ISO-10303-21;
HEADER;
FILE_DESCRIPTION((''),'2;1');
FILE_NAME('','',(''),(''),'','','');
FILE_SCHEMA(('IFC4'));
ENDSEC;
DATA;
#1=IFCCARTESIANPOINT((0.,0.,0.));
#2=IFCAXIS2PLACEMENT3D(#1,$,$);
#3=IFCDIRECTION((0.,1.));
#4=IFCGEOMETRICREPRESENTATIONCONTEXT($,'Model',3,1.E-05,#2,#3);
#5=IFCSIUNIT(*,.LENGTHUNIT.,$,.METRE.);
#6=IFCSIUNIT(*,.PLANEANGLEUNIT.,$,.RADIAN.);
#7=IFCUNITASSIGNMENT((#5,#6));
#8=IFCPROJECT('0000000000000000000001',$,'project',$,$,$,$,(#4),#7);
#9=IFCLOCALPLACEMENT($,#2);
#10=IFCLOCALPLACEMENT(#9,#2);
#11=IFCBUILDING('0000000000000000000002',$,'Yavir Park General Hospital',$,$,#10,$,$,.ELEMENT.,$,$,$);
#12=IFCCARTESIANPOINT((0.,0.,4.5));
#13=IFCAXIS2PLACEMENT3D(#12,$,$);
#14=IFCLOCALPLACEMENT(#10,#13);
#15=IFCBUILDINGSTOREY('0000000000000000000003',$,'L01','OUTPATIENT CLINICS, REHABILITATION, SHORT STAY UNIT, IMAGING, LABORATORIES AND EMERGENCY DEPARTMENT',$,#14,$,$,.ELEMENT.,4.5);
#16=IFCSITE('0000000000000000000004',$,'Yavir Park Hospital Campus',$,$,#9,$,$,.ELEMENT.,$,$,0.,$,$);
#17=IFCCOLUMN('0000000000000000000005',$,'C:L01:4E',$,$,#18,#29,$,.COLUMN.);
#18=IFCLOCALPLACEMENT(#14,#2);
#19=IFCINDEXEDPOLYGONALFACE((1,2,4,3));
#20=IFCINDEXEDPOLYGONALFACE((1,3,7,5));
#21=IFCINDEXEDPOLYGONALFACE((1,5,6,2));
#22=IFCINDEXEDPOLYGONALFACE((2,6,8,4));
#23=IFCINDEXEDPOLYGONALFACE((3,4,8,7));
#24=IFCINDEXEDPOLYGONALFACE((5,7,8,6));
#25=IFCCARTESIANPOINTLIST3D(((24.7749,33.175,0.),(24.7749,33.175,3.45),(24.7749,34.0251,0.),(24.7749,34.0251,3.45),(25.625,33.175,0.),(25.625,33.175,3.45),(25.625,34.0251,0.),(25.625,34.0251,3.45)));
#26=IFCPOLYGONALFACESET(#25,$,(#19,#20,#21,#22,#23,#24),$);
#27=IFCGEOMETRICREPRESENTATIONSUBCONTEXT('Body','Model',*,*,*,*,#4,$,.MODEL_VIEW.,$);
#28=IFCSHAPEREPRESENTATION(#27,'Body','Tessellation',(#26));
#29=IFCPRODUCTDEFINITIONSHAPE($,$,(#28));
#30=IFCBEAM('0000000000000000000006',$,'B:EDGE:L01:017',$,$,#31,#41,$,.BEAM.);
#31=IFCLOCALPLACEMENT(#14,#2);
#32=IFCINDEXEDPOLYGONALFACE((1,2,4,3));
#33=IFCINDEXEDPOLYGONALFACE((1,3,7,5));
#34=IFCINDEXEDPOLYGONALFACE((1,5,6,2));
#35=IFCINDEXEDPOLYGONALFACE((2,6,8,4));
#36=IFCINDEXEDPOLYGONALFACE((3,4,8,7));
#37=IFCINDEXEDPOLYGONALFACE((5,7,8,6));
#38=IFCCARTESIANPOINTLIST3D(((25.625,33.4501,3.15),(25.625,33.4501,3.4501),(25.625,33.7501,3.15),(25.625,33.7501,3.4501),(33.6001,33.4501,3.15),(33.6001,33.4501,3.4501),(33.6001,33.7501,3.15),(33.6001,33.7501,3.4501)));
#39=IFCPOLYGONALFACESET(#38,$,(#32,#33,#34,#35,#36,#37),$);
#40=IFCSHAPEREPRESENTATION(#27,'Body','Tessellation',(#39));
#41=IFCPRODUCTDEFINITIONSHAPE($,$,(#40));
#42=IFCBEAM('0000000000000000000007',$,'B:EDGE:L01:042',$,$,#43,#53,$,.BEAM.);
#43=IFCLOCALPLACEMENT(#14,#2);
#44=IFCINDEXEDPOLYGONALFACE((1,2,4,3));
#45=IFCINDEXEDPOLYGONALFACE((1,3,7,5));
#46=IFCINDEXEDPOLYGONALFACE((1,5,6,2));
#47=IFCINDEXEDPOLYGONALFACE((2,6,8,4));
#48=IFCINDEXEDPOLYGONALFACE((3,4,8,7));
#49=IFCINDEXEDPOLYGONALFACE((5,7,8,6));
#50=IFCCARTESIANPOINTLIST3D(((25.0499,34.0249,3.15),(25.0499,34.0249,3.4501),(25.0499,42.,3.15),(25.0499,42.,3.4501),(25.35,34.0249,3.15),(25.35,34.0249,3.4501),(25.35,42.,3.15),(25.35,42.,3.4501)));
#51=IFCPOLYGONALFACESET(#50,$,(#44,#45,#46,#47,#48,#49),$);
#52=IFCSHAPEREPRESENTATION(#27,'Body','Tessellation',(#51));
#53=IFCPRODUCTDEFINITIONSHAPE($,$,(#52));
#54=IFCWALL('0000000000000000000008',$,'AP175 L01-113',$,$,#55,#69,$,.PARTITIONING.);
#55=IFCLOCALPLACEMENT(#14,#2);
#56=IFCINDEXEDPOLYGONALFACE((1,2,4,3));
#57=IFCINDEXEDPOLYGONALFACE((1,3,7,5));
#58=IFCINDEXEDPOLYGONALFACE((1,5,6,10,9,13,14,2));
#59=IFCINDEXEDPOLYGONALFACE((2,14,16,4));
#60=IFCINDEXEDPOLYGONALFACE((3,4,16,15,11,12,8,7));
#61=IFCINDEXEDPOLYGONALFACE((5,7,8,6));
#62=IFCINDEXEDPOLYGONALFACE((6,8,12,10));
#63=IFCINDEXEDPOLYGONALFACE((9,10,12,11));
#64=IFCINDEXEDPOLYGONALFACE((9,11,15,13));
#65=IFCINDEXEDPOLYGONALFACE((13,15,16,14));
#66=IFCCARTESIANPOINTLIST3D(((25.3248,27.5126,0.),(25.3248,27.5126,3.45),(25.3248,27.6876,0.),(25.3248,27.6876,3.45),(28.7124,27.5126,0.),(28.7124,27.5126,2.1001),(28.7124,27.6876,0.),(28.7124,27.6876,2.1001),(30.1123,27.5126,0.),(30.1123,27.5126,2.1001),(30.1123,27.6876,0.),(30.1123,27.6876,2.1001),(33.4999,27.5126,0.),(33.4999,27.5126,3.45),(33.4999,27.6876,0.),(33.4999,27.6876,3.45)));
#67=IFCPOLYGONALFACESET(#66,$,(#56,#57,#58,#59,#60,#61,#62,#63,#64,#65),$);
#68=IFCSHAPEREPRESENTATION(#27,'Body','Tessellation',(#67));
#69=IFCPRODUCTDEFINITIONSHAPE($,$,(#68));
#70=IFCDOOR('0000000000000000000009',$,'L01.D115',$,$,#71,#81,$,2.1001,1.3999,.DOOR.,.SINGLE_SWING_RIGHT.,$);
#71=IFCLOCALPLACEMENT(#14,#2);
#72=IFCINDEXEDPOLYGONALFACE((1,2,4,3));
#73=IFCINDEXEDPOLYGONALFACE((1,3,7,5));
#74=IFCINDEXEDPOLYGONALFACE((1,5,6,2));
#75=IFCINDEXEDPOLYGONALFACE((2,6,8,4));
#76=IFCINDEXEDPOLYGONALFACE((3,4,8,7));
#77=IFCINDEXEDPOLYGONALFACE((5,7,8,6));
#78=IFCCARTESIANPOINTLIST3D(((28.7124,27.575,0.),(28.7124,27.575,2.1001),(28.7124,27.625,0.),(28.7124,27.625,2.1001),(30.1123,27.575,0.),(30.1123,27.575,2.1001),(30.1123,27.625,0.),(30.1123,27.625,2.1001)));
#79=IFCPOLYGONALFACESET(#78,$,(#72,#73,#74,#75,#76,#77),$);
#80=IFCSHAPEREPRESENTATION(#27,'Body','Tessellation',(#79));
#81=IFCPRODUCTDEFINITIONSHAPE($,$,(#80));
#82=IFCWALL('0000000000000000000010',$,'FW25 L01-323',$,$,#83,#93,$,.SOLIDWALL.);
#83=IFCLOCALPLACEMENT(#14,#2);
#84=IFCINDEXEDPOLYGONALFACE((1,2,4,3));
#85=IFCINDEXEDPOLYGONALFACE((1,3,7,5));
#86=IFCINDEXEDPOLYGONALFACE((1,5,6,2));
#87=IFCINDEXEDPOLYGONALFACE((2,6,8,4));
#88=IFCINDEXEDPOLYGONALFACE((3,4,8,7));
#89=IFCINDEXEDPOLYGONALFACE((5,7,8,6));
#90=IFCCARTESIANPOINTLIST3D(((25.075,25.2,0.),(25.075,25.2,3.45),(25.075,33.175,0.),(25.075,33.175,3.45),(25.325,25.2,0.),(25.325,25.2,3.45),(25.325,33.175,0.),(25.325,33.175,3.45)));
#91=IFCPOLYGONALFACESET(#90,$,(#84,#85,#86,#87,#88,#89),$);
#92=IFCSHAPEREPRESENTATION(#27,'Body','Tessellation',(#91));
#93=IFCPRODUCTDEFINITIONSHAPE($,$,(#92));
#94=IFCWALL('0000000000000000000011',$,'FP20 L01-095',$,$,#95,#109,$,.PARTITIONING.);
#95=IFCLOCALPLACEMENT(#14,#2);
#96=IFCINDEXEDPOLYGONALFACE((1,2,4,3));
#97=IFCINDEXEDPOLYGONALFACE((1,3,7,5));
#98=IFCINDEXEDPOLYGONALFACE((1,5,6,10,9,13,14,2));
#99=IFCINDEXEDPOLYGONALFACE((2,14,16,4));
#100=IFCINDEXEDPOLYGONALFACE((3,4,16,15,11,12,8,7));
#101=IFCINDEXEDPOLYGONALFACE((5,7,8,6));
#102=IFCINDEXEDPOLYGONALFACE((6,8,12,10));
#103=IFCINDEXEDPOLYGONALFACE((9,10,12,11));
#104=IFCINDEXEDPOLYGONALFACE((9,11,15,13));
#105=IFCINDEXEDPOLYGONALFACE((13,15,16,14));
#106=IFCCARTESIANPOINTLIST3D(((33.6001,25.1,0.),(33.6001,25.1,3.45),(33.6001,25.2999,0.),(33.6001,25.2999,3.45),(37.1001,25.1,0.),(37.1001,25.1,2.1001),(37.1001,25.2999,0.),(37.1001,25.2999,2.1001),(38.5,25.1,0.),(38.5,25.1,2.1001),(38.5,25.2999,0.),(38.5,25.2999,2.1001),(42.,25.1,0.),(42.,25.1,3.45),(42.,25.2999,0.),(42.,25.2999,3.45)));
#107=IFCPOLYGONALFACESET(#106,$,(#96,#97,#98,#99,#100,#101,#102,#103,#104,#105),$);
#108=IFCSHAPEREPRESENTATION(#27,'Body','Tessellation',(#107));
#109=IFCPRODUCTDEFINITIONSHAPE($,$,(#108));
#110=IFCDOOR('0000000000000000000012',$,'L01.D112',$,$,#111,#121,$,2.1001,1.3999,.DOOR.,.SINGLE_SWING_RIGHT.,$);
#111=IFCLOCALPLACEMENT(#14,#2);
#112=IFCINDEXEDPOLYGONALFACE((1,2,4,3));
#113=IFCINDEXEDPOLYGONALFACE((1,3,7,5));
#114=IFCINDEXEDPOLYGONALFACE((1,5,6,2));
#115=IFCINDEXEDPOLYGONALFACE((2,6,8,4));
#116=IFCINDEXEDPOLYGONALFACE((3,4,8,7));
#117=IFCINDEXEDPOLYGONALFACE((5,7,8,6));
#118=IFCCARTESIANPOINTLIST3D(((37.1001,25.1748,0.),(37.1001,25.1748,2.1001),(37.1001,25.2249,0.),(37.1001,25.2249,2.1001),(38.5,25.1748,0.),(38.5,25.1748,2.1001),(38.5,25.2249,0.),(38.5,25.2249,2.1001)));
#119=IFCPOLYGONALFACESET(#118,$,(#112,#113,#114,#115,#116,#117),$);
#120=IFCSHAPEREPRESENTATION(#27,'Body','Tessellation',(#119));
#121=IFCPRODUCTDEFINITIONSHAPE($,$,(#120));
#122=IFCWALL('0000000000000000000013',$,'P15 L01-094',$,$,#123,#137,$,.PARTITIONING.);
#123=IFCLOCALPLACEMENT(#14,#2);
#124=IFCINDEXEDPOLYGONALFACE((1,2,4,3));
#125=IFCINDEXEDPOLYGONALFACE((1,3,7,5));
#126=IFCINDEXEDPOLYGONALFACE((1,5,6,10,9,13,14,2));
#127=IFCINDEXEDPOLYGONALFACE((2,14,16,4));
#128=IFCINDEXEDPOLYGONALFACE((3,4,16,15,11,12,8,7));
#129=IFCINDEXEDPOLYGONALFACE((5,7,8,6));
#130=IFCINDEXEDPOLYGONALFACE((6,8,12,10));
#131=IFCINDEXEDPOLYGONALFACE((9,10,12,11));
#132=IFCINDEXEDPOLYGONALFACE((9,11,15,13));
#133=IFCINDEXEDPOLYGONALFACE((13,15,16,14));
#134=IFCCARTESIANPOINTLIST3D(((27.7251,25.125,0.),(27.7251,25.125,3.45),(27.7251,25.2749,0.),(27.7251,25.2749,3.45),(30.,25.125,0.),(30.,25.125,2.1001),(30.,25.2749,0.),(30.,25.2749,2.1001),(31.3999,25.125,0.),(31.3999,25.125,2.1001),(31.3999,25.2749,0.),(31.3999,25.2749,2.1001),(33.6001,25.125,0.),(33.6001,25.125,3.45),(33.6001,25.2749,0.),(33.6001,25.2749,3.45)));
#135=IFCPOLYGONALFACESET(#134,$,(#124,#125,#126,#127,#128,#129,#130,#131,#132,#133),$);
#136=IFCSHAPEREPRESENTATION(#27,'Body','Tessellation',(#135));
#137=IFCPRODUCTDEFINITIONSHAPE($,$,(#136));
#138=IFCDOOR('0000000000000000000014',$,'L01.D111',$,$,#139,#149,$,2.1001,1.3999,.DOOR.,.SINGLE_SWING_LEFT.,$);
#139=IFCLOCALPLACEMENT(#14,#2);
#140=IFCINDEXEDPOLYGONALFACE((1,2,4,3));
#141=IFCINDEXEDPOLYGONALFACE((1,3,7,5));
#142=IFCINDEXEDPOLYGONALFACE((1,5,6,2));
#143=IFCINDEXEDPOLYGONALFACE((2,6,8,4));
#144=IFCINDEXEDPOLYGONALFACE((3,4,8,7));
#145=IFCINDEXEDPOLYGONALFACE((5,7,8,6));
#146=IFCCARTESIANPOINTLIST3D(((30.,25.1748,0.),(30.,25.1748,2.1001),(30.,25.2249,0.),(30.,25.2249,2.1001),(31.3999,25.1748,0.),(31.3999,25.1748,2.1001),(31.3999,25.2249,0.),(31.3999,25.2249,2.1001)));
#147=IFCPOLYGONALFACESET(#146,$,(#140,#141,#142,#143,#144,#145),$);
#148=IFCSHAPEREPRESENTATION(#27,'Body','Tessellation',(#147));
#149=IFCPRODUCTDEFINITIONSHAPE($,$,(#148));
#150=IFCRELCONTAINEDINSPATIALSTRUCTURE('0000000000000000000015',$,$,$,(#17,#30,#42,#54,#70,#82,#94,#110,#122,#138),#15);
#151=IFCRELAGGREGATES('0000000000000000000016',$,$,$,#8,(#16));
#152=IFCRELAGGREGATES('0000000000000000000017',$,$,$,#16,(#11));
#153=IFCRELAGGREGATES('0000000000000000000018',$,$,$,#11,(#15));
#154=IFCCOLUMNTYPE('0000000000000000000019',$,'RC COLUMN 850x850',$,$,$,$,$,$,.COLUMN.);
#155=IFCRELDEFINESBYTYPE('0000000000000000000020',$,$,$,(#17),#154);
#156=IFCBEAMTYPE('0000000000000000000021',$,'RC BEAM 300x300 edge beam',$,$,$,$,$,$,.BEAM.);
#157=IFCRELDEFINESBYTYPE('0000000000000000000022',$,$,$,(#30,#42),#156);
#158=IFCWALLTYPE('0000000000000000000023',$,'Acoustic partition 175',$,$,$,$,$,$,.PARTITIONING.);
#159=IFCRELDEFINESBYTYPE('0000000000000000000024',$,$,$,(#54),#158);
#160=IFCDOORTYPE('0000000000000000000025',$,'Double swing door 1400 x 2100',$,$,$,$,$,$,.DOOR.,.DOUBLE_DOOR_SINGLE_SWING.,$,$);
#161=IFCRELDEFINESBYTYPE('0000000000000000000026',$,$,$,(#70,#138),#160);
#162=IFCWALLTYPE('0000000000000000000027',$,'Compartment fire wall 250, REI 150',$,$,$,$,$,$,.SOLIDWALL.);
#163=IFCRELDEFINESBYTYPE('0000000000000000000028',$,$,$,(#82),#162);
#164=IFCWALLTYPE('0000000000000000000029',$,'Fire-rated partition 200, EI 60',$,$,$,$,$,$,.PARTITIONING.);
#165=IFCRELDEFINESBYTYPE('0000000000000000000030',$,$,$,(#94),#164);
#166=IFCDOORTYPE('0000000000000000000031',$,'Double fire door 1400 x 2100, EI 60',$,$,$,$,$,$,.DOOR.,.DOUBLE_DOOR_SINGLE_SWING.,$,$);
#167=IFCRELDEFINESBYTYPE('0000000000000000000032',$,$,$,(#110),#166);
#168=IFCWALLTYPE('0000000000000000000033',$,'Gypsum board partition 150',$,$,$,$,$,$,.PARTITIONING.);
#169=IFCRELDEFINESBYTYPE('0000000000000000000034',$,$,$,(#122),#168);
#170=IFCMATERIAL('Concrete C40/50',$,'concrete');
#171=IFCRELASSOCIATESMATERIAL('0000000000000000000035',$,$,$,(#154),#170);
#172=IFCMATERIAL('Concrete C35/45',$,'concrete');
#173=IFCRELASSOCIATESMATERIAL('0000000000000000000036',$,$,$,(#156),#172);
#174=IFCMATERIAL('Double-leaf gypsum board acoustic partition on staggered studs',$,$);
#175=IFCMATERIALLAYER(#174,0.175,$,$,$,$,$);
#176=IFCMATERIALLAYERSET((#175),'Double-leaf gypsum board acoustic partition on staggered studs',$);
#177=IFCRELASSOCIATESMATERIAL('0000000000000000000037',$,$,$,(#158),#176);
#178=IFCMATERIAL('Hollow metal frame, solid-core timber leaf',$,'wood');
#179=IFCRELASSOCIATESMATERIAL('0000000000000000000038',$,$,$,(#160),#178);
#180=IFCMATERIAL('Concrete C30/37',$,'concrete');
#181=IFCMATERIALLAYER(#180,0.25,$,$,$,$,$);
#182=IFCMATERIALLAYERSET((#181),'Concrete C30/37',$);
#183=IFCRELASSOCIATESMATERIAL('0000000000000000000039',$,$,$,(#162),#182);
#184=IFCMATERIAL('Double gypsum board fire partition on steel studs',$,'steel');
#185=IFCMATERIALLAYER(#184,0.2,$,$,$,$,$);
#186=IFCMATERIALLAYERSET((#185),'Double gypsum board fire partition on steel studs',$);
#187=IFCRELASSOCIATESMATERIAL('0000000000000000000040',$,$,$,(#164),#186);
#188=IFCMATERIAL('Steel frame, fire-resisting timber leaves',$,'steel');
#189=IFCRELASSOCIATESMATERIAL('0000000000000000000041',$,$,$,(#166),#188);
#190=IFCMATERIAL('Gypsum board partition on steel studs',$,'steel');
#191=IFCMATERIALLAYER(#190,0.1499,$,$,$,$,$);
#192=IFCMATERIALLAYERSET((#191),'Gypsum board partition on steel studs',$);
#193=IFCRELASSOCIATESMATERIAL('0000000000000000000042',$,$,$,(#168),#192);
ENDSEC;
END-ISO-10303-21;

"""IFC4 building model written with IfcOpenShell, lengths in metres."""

from ifc_helpers import new_model, si_unit, direction, frame, frame_2d, origin, origin_2d, place, context, subcontext, project, spatial, rectangle, extrude, material, layer, layer_set, material_profile, profile_set, type_object, element, fill, save


model = new_model("IFC4")

# Units and contexts
model_context = context("Model", 3, precision=1e-05, world=origin(), true_north=direction((0.0, 1.0)))
body_context = subcontext(model_context, "Body", "Model", "MODEL_VIEW")
ifc_project = project(units=[si_unit("LENGTHUNIT", "METRE"), si_unit("PLANEANGLEUNIT", "RADIAN")], contexts=[model_context])

# Site, building, storey
site_placement = place(None, origin())
site = spatial("IfcSite", under=ifc_project, at=site_placement, Name="Yavir Park Hospital Campus", CompositionType="ELEMENT", RefElevation=0.0)
building_placement = place(site_placement, origin())
building = spatial("IfcBuilding", under=site, at=building_placement, Name="Yavir Park General Hospital", CompositionType="ELEMENT")
storey_placement = place(building_placement, frame((0.0, 0.0, 4.5)))
storey = spatial("IfcBuildingStorey", under=building, at=storey_placement, Name="L01", Description="OUTPATIENT CLINICS, REHABILITATION, SHORT STAY UNIT, IMAGING, LABORATORIES AND EMERGENCY DEPARTMENT", CompositionType="ELEMENT", Elevation=4.5)

# Column
ifc_material_1 = material(Name="Concrete C40/50", Category="concrete")
ifc_material_profile_1 = material_profile(ifc_material_1, rectangle(XDim=0.8501, YDim=0.8501, at=origin_2d()), Name="RC850x850")
ifc_profile_set_1 = profile_set([ifc_material_profile_1], Name="Concrete C40/50")
column_type = type_object("IfcColumnType", Name="RC COLUMN 850x850", PredefinedType="COLUMN", material=ifc_profile_set_1)
column_placement = place(storey_placement, frame((25.2, 33.6001, 0.0), z_axis=(0.0, 0.0, 1.0), x_axis=(1.0, 0.0, 0.0)))
element("IfcColumn", 1, at=column_placement, inside=storey, type_object=column_type, Name="C:L01:4E", PredefinedType="COLUMN", context=body_context, shape_type="SweptSolid", body=[
    extrude(rectangle(XDim=0.8501, YDim=0.8501, at=origin_2d()), origin(), (0.0, 0.0, 1.0), 3.45),
])

# Beams
ifc_material_2 = material(Name="Concrete C35/45", Category="concrete")
ifc_material_profile_2 = material_profile(ifc_material_2, rectangle(XDim=0.3, YDim=0.3, at=origin_2d()), Name="RC300x300")
ifc_profile_set_2 = profile_set([ifc_material_profile_2], Name="Concrete C35/45")
beam_type = type_object("IfcBeamType", Name="RC BEAM 300x300 edge beam", PredefinedType="BEAM", material=ifc_profile_set_2)
for number, where, z_axis, x_axis, name in (
    (2, (25.625, 33.6001, 3.3), (1.0, 0.0, 0.0), (0.0, 1.0, 0.0), "B:EDGE:L01:017"),
    (3, (25.2, 34.0249, 3.3), (0.0, 1.0, 0.0), (-1.0, 0.0, 0.0), "B:EDGE:L01:042"),
):
    element("IfcBeam", number, at=place(storey_placement, frame(where, z_axis=z_axis, x_axis=x_axis)), inside=storey, type_object=beam_type, Name=name, PredefinedType="BEAM", context=body_context, shape_type="SweptSolid", body=[
        extrude(rectangle(XDim=0.3, YDim=0.3, at=origin_2d()), origin(), (0.0, 0.0, 1.0), 7.9751),
    ])

# Wall, opening, door
ifc_material_3 = material(Name="Double-leaf gypsum board acoustic partition on staggered studs")
ifc_layer_1 = layer(ifc_material_3, 0.175)
ifc_layer_set_1 = layer_set([ifc_layer_1], Name="Double-leaf gypsum board acoustic partition on staggered studs")
wall_type_1 = type_object("IfcWallType", Name="Acoustic partition 175", PredefinedType="PARTITIONING", material=ifc_layer_set_1)
wall_1_placement = place(storey_placement, frame((25.325, 27.6001, 0.0), z_axis=(0.0, 0.0, 1.0), x_axis=(1.0, 0.0, 0.0)))
wall_1 = element("IfcWall", 4, at=wall_1_placement, inside=storey, type_object=wall_type_1, Name="AP175 L01-113", PredefinedType="PARTITIONING", context=body_context, shape_type="SweptSolid", body=[
    extrude(rectangle(XDim=8.175, YDim=0.175, at=frame_2d((4.0874, 0.0))), origin(), (0.0, 0.0, 1.0), 3.45),
])
opening_1_placement = place(wall_1_placement, frame((3.3875, 0.0, 0.0)))
opening_1 = element("IfcOpeningElement", 5, at=opening_1_placement, cuts=wall_1, PredefinedType="OPENING", context=body_context, shape_type="SweptSolid", body=[
    extrude(rectangle(XDim=1.3999, YDim=2.1001, at=frame_2d((0.7, 1.05))), frame((0.0, 0.0974, 0.0), z_axis=(0.0, -1.0, 0.0), x_axis=(1.0, 0.0, 0.0)), (0.0, 0.0, 1.0), 0.1951),
])
ifc_material_4 = material(Name="Hollow metal frame, solid-core timber leaf", Category="wood")
door_type_1 = type_object("IfcDoorType", Name="Double swing door 1400 x 2100", OperationType="DOUBLE_DOOR_SINGLE_SWING", PredefinedType="DOOR", material=ifc_material_4)
door_1_placement = place(opening_1_placement, origin())
door_1 = element("IfcDoor", 6, at=door_1_placement, inside=storey, type_object=door_type_1, Name="L01.D115", OperationType="SINGLE_SWING_RIGHT", OverallHeight=2.1001, OverallWidth=1.3999, PredefinedType="DOOR", context=body_context, shape_type="SweptSolid", body=[
    extrude(rectangle(XDim=1.3999, YDim=2.1001, at=frame_2d((0.7, 1.05))), frame((0.0, 0.0249, 0.0), z_axis=(0.0, -1.0, 0.0), x_axis=(1.0, 0.0, 0.0)), (0.0, 0.0, 1.0), 0.05),
])
fill(opening_1, door_1)

# Wall
ifc_material_5 = material(Name="Concrete C30/37", Category="concrete")
ifc_layer_2 = layer(ifc_material_5, 0.25)
ifc_layer_set_2 = layer_set([ifc_layer_2], Name="Concrete C30/37")
wall_type_2 = type_object("IfcWallType", Name="Compartment fire wall 250, REI 150", PredefinedType="SOLIDWALL", material=ifc_layer_set_2)
wall_2_placement = place(storey_placement, frame((25.2, 25.2, 0.0), z_axis=(0.0, 0.0, 1.0), x_axis=(0.0, 1.0, 0.0)))
element("IfcWall", 7, at=wall_2_placement, inside=storey, type_object=wall_type_2, Name="FW25 L01-323", PredefinedType="SOLIDWALL", context=body_context, shape_type="SweptSolid", body=[
    extrude(rectangle(XDim=7.9751, YDim=0.25, at=frame_2d((3.9875, 0.0))), origin(), (0.0, 0.0, 1.0), 3.45),
])

# Walls, openings, doors
ifc_material_6 = material(Name="Double gypsum board fire partition on steel studs", Category="steel")
ifc_layer_3 = layer(ifc_material_6, 0.2)
ifc_layer_set_3 = layer_set([ifc_layer_3], Name="Double gypsum board fire partition on steel studs")
wall_type_3 = type_object("IfcWallType", Name="Fire-rated partition 200, EI 60", PredefinedType="PARTITIONING", material=ifc_layer_set_3)
wall_3_placement = place(storey_placement, frame((33.6001, 25.2, 0.0), z_axis=(0.0, 0.0, 1.0), x_axis=(1.0, 0.0, 0.0)))
wall_3 = element("IfcWall", 8, at=wall_3_placement, inside=storey, type_object=wall_type_3, Name="FP20 L01-095", PredefinedType="PARTITIONING", context=body_context, shape_type="SweptSolid", body=[
    extrude(rectangle(XDim=8.3999, YDim=0.2, at=frame_2d((4.2, 0.0))), origin(), (0.0, 0.0, 1.0), 3.45),
])
opening_2_placement = place(wall_3_placement, frame((3.5, 0.0, 0.0)))
opening_2 = element("IfcOpeningElement", 9, at=opening_2_placement, cuts=wall_3, PredefinedType="OPENING", context=body_context, shape_type="SweptSolid", body=[
    extrude(rectangle(XDim=1.3999, YDim=2.1001, at=frame_2d((0.7, 1.05))), frame((0.0, 0.1099, 0.0), z_axis=(0.0, -1.0, 0.0), x_axis=(1.0, 0.0, 0.0)), (0.0, 0.0, 1.0), 0.22),
])
ifc_material_7 = material(Name="Steel frame, fire-resisting timber leaves", Category="steel")
door_type_2 = type_object("IfcDoorType", Name="Double fire door 1400 x 2100, EI 60", OperationType="DOUBLE_DOOR_SINGLE_SWING", PredefinedType="DOOR", material=ifc_material_7)
door_2_placement = place(opening_2_placement, origin())
door_2 = element("IfcDoor", 10, at=door_2_placement, inside=storey, type_object=door_type_2, Name="L01.D112", OperationType="SINGLE_SWING_RIGHT", OverallHeight=2.1001, OverallWidth=1.3999, PredefinedType="DOOR", context=body_context, shape_type="SweptSolid", body=[
    extrude(rectangle(XDim=1.3999, YDim=2.1001, at=frame_2d((0.7, 1.05))), frame((0.0, 0.0249, 0.0), z_axis=(0.0, -1.0, 0.0), x_axis=(1.0, 0.0, 0.0)), (0.0, 0.0, 1.0), 0.05),
])
fill(opening_2, door_2)
ifc_material_8 = material(Name="Gypsum board partition on steel studs", Category="steel")
ifc_layer_4 = layer(ifc_material_8, 0.1499)
ifc_layer_set_4 = layer_set([ifc_layer_4], Name="Gypsum board partition on steel studs")
wall_type_4 = type_object("IfcWallType", Name="Gypsum board partition 150", PredefinedType="PARTITIONING", material=ifc_layer_set_4)
wall_4_placement = place(storey_placement, frame((27.7251, 25.2, 0.0), z_axis=(0.0, 0.0, 1.0), x_axis=(1.0, 0.0, 0.0)))
wall_4 = element("IfcWall", 11, at=wall_4_placement, inside=storey, type_object=wall_type_4, Name="P15 L01-094", PredefinedType="PARTITIONING", context=body_context, shape_type="SweptSolid", body=[
    extrude(rectangle(XDim=5.875, YDim=0.1499, at=frame_2d((2.9375, 0.0))), origin(), (0.0, 0.0, 1.0), 3.45),
])
opening_3_placement = place(wall_4_placement, frame((2.2749, 0.0, 0.0)))
opening_3 = element("IfcOpeningElement", 12, at=opening_3_placement, cuts=wall_4, PredefinedType="OPENING", context=body_context, shape_type="SweptSolid", body=[
    extrude(rectangle(XDim=1.3999, YDim=2.1001, at=frame_2d((0.7, 1.05))), frame((0.0, 0.085, 0.0), z_axis=(0.0, -1.0, 0.0), x_axis=(1.0, 0.0, 0.0)), (0.0, 0.0, 1.0), 0.1699),
])
door_3_placement = place(opening_3_placement, origin())
door_3 = element("IfcDoor", 13, at=door_3_placement, inside=storey, type_object=door_type_1, Name="L01.D111", OperationType="SINGLE_SWING_LEFT", OverallHeight=2.1001, OverallWidth=1.3999, PredefinedType="DOOR", context=body_context, shape_type="SweptSolid", body=[
    extrude(rectangle(XDim=1.3999, YDim=2.1001, at=frame_2d((0.7, 1.05))), frame((0.0, 0.0249, 0.0), z_axis=(0.0, -1.0, 0.0), x_axis=(1.0, 0.0, 0.0)), (0.0, 0.0, 1.0), 0.05),
])
fill(opening_3, door_3)

save(model, "model.ifc")
